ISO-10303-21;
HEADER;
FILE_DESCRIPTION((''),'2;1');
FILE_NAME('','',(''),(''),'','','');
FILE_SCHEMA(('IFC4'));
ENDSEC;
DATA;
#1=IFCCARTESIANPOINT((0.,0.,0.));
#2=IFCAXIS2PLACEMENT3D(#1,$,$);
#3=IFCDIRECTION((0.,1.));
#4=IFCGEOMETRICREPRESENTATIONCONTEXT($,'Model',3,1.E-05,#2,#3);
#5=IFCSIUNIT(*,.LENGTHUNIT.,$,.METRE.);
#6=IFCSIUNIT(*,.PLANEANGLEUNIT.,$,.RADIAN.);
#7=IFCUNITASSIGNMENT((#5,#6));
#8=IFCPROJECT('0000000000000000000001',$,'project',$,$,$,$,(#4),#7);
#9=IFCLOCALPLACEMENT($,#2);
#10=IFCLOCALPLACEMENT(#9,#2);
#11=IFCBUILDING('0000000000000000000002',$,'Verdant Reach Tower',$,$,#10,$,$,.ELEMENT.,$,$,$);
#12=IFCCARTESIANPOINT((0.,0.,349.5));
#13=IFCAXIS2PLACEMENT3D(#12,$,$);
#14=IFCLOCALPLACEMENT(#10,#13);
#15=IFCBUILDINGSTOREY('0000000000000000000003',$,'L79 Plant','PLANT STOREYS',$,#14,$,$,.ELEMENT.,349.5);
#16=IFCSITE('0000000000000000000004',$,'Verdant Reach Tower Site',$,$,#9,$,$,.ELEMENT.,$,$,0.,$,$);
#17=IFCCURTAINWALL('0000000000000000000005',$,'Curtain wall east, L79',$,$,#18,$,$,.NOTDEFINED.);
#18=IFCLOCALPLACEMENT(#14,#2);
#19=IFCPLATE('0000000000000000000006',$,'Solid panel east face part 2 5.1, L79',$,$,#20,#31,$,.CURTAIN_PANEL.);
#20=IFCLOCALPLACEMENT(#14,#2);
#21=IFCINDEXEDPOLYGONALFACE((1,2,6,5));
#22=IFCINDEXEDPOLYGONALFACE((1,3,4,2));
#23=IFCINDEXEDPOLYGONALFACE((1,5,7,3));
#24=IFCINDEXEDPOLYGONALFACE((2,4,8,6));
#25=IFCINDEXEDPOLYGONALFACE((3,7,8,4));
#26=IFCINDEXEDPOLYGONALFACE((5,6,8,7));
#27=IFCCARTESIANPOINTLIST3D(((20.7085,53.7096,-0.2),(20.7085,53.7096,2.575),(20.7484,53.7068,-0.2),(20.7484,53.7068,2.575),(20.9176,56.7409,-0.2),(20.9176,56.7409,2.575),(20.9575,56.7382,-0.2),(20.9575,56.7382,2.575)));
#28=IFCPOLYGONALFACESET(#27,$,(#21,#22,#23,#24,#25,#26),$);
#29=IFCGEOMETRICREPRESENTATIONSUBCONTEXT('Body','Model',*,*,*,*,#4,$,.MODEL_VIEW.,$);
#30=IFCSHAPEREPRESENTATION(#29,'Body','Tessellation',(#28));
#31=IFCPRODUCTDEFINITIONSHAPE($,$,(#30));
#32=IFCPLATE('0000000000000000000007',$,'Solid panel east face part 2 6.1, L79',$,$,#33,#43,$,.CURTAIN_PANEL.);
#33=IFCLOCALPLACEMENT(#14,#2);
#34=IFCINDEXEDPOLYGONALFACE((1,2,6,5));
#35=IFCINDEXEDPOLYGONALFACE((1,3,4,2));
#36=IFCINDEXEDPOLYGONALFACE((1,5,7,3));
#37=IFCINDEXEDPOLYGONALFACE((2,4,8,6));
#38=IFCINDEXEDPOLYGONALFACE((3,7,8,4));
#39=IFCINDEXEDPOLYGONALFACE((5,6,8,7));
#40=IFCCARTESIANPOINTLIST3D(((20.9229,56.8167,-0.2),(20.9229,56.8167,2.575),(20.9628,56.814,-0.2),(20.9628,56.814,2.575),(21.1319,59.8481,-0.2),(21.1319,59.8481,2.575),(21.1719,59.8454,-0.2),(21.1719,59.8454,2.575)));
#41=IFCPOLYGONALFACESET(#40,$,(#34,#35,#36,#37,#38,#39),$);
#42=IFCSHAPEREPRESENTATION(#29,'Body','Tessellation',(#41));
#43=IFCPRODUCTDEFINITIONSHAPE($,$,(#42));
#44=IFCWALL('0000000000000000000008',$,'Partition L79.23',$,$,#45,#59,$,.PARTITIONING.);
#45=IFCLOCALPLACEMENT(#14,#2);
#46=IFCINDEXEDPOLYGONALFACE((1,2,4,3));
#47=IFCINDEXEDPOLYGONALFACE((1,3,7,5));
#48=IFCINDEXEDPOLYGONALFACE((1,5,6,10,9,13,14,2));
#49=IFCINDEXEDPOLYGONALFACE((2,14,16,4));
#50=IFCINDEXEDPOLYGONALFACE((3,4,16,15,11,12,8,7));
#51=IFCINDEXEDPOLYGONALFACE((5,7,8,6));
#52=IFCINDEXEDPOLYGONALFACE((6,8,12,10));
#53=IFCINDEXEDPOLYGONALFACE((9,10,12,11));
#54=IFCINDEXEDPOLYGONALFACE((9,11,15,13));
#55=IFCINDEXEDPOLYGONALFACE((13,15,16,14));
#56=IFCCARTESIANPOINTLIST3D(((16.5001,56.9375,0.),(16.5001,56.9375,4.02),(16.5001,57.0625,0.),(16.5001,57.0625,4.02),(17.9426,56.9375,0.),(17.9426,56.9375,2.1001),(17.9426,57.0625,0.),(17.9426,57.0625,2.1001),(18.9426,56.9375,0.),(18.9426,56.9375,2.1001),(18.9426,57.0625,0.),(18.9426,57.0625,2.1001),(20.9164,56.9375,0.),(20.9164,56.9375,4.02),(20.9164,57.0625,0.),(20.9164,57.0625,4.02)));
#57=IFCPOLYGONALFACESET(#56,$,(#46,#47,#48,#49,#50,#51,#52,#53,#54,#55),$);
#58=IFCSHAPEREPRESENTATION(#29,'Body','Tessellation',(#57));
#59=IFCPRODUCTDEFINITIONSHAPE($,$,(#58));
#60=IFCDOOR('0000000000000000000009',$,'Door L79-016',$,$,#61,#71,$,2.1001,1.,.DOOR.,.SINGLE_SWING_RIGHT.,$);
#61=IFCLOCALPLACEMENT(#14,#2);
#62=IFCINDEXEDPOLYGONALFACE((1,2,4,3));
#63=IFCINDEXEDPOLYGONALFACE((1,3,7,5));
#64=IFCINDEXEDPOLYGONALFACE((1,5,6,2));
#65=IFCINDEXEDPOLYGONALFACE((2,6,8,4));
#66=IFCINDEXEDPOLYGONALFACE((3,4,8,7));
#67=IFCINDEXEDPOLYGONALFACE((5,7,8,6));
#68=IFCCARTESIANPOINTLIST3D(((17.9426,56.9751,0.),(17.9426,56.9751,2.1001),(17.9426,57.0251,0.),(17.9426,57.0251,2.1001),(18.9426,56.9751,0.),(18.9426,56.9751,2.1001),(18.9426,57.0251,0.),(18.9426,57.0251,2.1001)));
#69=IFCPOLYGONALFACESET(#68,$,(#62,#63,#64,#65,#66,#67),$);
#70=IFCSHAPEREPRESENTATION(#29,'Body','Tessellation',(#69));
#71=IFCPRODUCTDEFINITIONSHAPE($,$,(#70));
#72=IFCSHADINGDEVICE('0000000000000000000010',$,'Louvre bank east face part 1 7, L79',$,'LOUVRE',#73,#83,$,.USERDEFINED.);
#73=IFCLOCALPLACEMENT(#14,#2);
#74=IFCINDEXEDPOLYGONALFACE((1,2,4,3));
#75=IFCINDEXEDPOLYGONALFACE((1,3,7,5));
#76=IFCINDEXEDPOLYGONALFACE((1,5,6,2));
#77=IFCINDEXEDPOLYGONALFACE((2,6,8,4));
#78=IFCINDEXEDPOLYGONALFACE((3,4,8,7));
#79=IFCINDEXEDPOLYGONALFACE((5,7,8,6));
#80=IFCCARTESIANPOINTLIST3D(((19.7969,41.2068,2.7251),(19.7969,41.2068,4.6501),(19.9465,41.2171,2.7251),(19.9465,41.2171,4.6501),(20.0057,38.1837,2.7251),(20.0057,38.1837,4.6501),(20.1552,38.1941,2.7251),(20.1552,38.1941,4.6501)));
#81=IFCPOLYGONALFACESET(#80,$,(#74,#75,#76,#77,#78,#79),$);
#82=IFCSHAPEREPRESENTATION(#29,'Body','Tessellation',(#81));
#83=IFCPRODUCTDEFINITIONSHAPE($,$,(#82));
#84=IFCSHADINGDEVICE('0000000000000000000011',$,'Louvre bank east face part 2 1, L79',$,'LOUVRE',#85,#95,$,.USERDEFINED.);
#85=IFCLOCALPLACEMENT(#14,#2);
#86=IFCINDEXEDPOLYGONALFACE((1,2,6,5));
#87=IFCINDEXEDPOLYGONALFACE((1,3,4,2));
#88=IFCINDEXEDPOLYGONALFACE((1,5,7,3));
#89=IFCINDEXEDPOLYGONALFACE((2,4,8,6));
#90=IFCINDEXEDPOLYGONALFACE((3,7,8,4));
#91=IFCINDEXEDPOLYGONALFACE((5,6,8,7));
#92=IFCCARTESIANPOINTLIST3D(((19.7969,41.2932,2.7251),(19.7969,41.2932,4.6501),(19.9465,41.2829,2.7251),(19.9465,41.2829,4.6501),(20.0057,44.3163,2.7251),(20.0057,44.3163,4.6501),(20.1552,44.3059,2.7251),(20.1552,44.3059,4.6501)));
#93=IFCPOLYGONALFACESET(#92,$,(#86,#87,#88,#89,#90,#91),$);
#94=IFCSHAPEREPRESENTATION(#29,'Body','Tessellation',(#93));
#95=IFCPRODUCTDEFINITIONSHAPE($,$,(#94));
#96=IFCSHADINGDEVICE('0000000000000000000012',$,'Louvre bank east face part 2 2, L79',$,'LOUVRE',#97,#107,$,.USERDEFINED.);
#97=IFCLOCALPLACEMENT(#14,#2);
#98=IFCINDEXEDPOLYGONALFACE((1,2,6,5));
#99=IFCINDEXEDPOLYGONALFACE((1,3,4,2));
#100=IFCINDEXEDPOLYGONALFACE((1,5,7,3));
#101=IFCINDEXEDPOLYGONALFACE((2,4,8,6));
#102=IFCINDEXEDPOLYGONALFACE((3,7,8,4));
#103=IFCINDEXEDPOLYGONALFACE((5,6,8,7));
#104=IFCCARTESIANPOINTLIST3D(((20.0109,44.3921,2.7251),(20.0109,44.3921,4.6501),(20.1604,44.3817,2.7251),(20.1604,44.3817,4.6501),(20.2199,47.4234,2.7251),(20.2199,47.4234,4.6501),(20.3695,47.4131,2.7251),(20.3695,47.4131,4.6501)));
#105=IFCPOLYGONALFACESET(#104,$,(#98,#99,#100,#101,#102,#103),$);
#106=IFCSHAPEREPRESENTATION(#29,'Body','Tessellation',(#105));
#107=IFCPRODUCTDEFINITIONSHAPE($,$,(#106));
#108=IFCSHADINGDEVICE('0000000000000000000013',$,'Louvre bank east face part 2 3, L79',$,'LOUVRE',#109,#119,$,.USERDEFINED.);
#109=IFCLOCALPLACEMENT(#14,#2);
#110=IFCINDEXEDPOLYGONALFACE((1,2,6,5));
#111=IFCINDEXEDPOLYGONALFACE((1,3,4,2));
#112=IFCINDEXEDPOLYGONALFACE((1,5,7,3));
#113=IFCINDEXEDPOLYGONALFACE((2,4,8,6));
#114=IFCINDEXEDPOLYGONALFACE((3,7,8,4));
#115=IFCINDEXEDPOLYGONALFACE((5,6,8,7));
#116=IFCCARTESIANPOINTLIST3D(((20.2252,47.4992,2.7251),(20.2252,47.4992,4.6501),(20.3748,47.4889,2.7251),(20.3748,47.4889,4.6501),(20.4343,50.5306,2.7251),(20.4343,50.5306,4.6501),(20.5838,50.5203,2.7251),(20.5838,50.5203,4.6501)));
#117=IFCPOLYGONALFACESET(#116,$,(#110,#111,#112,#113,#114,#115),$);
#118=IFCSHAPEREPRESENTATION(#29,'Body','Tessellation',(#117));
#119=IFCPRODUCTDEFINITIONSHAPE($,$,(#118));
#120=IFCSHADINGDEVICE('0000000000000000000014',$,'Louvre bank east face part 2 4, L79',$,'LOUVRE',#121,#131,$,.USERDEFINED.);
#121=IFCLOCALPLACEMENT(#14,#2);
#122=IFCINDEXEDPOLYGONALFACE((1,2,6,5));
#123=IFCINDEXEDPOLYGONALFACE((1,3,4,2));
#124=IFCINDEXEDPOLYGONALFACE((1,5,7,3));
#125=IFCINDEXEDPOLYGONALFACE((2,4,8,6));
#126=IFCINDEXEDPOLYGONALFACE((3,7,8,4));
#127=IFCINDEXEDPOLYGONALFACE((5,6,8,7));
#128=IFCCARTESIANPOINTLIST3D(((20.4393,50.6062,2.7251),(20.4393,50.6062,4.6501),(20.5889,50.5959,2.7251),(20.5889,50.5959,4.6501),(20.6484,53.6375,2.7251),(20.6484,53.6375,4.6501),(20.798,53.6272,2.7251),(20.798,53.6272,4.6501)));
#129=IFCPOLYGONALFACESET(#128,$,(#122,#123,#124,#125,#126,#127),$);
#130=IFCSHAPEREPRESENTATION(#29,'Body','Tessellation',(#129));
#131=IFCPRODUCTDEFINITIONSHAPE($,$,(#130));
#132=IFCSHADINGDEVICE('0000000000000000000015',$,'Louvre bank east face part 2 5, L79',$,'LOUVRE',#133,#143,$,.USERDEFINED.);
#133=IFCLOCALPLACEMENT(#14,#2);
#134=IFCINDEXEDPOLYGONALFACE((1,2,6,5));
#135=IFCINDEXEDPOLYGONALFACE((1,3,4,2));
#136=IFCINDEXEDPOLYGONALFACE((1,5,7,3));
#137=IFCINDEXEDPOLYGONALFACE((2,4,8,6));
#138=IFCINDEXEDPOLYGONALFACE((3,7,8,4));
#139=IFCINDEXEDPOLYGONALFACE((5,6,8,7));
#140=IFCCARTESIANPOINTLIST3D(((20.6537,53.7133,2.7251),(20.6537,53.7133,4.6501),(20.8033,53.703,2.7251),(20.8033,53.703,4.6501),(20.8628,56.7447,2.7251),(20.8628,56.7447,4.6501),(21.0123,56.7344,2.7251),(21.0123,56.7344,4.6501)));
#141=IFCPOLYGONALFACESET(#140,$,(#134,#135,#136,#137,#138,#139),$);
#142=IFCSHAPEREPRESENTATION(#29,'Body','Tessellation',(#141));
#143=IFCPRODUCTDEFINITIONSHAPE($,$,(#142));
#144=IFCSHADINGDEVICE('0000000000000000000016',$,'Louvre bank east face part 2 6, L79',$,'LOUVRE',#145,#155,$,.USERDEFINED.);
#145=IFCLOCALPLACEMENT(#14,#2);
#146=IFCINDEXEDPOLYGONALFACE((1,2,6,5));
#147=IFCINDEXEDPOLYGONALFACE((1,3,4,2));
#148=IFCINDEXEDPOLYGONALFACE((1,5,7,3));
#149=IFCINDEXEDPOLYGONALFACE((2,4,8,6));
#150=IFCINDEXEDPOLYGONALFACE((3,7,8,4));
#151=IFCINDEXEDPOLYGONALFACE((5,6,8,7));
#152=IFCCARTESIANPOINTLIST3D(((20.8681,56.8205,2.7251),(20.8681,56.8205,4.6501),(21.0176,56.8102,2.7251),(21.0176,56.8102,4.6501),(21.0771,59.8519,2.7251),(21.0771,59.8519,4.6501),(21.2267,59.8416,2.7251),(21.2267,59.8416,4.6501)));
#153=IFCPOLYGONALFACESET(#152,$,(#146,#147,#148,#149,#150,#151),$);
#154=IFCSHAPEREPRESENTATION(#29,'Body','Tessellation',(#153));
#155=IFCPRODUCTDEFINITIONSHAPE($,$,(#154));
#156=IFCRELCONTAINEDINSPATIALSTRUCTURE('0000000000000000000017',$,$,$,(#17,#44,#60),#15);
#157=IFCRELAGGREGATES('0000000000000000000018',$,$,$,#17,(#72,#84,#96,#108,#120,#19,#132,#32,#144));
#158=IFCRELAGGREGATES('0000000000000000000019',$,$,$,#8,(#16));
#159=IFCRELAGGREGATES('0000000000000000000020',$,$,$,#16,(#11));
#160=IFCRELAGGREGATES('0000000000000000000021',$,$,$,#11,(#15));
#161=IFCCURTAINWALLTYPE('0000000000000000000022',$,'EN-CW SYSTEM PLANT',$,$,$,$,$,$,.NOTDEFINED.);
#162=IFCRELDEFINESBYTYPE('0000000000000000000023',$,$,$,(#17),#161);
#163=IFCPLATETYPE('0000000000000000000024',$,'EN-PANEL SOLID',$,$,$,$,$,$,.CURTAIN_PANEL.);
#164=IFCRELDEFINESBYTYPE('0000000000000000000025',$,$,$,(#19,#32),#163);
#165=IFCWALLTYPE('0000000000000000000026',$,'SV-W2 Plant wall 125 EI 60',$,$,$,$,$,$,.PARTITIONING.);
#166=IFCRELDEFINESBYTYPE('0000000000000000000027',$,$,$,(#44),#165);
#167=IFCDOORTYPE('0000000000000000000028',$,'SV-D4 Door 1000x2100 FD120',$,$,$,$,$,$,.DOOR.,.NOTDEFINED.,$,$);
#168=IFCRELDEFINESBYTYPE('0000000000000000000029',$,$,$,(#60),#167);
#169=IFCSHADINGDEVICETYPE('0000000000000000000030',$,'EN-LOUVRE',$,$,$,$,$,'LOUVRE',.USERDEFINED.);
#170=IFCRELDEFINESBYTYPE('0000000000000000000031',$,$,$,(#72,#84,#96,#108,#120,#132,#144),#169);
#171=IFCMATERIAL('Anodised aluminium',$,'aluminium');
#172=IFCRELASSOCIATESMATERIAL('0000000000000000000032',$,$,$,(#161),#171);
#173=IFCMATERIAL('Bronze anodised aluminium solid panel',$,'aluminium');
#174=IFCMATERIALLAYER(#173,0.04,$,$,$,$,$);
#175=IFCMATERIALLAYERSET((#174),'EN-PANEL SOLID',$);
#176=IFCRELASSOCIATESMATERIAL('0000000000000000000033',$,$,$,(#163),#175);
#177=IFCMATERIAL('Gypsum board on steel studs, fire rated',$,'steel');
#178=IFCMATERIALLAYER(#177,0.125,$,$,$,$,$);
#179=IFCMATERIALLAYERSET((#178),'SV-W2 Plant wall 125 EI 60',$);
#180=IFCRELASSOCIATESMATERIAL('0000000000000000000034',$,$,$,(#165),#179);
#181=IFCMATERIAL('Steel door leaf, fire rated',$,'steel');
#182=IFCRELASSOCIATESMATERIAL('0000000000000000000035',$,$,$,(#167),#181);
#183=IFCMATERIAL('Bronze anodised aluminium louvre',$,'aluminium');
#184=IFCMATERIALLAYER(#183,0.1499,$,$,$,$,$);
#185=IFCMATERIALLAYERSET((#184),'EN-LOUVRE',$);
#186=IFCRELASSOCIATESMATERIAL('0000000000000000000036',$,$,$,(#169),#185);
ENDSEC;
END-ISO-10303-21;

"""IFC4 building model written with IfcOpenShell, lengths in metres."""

from ifc_helpers import new_model, si_unit, direction, frame, frame_2d, origin, origin_2d, place, context, subcontext, project, spatial, rectangle, extrude, material, layer, layer_set, type_object, element, fill, aggregate, save


model = new_model("IFC4")

# Units and contexts
model_context = context("Model", 3, precision=1e-05, world=origin(), true_north=direction((0.0, 1.0)))
body_context = subcontext(model_context, "Body", "Model", "MODEL_VIEW")
ifc_project = project(units=[si_unit("LENGTHUNIT", "METRE"), si_unit("PLANEANGLEUNIT", "RADIAN")], contexts=[model_context])

# Site, building, storey
site_placement = place(None, origin())
site = spatial("IfcSite", under=ifc_project, at=site_placement, Name="Verdant Reach Tower Site", CompositionType="ELEMENT", RefElevation=0.0)
building_placement = place(site_placement, origin())
building = spatial("IfcBuilding", under=site, at=building_placement, Name="Verdant Reach Tower", CompositionType="ELEMENT")
storey_placement = place(building_placement, frame((0.0, 0.0, 349.5)))
storey = spatial("IfcBuildingStorey", under=building, at=storey_placement, Name="L79 Plant", Description="PLANT STOREYS", CompositionType="ELEMENT", Elevation=349.5)

# Curtain wall, plates
ifc_material_1 = material(Name="Anodised aluminium", Category="aluminium")
curtain_wall_type = type_object("IfcCurtainWallType", Name="EN-CW SYSTEM PLANT", PredefinedType="NOTDEFINED", material=ifc_material_1)
curtain_wall_placement = place(storey_placement, origin())
curtain_wall = element("IfcCurtainWall", 1, at=curtain_wall_placement, inside=storey, type_object=curtain_wall_type, Name="Curtain wall east, L79", PredefinedType="NOTDEFINED")
ifc_material_2 = material(Name="Bronze anodised aluminium solid panel", Category="aluminium")
ifc_layer_1 = layer(ifc_material_2, 0.04)
ifc_layer_set_1 = layer_set([ifc_layer_1], Name="EN-PANEL SOLID")
plate_type = type_object("IfcPlateType", Name="EN-PANEL SOLID", PredefinedType="CURTAIN_PANEL", material=ifc_layer_set_1)
plate_1_placement = place(storey_placement, frame((20.833, 55.2239, -0.2), z_axis=(0.0, 0.0, 1.0), x_axis=(0.068802, 0.99763, 0.0)))
plate_1 = element("IfcPlate", 2, at=plate_1_placement, type_object=plate_type, Name="Solid panel east face part 2 5.1, L79", PredefinedType="CURTAIN_PANEL", context=body_context, shape_type="SweptSolid", body=[
    extrude(rectangle(XDim=3.0386, YDim=0.04, at=origin_2d()), origin(), (0.0, 0.0, 1.0), 2.7749),
])
plate_2_placement = place(storey_placement, frame((21.0474, 58.3311, -0.2), z_axis=(0.0, 0.0, 1.0), x_axis=(0.068802, 0.99763, 0.0)))
plate_2 = element("IfcPlate", 3, at=plate_2_placement, type_object=plate_type, Name="Solid panel east face part 2 6.1, L79", PredefinedType="CURTAIN_PANEL", context=body_context, shape_type="SweptSolid", body=[
    extrude(rectangle(XDim=3.0386, YDim=0.04, at=origin_2d()), origin(), (0.0, 0.0, 1.0), 2.7749),
])

# Wall, opening, door
ifc_material_3 = material(Name="Gypsum board on steel studs, fire rated", Category="steel")
ifc_layer_2 = layer(ifc_material_3, 0.125)
ifc_layer_set_2 = layer_set([ifc_layer_2], Name="SV-W2 Plant wall 125 EI 60")
wall_type = type_object("IfcWallType", Name="SV-W2 Plant wall 125 EI 60", PredefinedType="PARTITIONING", material=ifc_layer_set_2)
wall_1_placement = place(storey_placement, frame((20.9163, 57.0, 0.0), z_axis=(0.0, 0.0, 1.0), x_axis=(-1.0, 0.0, 0.0)))
wall_1 = element("IfcWall", 4, at=wall_1_placement, inside=storey, type_object=wall_type, Name="Partition L79.23", PredefinedType="PARTITIONING", context=body_context, shape_type="SweptSolid", body=[
    extrude(rectangle(XDim=4.4163, YDim=0.125, at=frame_2d((2.208, 0.0))), origin(), (0.0, 0.0, 1.0), 4.02),
])
opening_1_placement = place(wall_1_placement, frame((1.9736, 0.0, 0.0)))
opening_1 = element("IfcOpeningElement", 5, at=opening_1_placement, cuts=wall_1, PredefinedType="OPENING", context=body_context, shape_type="SweptSolid", body=[
    extrude(rectangle(XDim=1.0, YDim=2.1001, at=frame_2d((0.5, 1.05))), frame((0.0, 0.0725, 0.0), z_axis=(0.0, -1.0, 0.0), x_axis=(1.0, 0.0, 0.0)), (0.0, 0.0, 1.0), 0.145),
])
ifc_material_4 = material(Name="Steel door leaf, fire rated", Category="steel")
door_type_1 = type_object("IfcDoorType", Name="SV-D4 Door 1000x2100 FD120", OperationType="NOTDEFINED", PredefinedType="DOOR", material=ifc_material_4)
door_1_placement = place(opening_1_placement, origin())
door_1 = element("IfcDoor", 6, at=door_1_placement, inside=storey, type_object=door_type_1, Name="Door L79-016", OperationType="SINGLE_SWING_RIGHT", OverallHeight=2.1001, OverallWidth=1.0, PredefinedType="DOOR", context=body_context, shape_type="SweptSolid", body=[
    extrude(rectangle(XDim=1.0, YDim=2.1001, at=frame_2d((0.5, 1.05))), frame((0.0, 0.0249, 0.0), z_axis=(0.0, -1.0, 0.0), x_axis=(1.0, 0.0, 0.0)), (0.0, 0.0, 1.0), 0.05),
])
fill(opening_1, door_1)

# Shading devices
ifc_material_5 = material(Name="Bronze anodised aluminium louvre", Category="aluminium")
ifc_layer_3 = layer(ifc_material_5, 0.1499)
ifc_layer_set_3 = layer_set([ifc_layer_3], Name="EN-LOUVRE")
shading_device_type = type_object("IfcShadingDeviceType", Name="EN-LOUVRE", ElementType="LOUVRE", PredefinedType="USERDEFINED", material=ifc_layer_set_3)
shading_device_1_placement = place(storey_placement, frame((19.9761, 39.7004, 2.7251), z_axis=(0.0, 0.0, 1.0), x_axis=(-0.068893, 0.997624, 0.0)))
shading_device_1 = element("IfcShadingDevice", 7, at=shading_device_1_placement, type_object=shading_device_type, Name="Louvre bank east face part 1 7, L79", ObjectType="LOUVRE", PredefinedType="USERDEFINED", context=body_context, shape_type="SweptSolid", body=[
    extrude(rectangle(XDim=3.0303, YDim=0.1499, at=origin_2d()), origin(), (0.0, 0.0, 1.0), 1.925),
])
shading_device_2_placement = place(storey_placement, frame((19.9761, 42.7996, 2.7251), z_axis=(0.0, 0.0, 1.0), x_axis=(0.068893, 0.997624, 0.0)))
shading_device_2 = element("IfcShadingDevice", 8, at=shading_device_2_placement, type_object=shading_device_type, Name="Louvre bank east face part 2 1, L79", ObjectType="LOUVRE", PredefinedType="USERDEFINED", context=body_context, shape_type="SweptSolid", body=[
    extrude(rectangle(XDim=3.0303, YDim=0.1499, at=origin_2d()), origin(), (0.0, 0.0, 1.0), 1.925),
])
shading_device_3_placement = place(storey_placement, frame((20.1902, 45.9026, 2.7251), z_axis=(0.0, 0.0, 1.0), x_axis=(0.068802, 0.99763, 0.0)))
shading_device_3 = element("IfcShadingDevice", 9, at=shading_device_3_placement, type_object=shading_device_type, Name="Louvre bank east face part 2 2, L79", ObjectType="LOUVRE", PredefinedType="USERDEFINED", context=body_context, shape_type="SweptSolid", body=[
    extrude(rectangle(XDim=3.0386, YDim=0.1499, at=origin_2d()), origin(), (0.0, 0.0, 1.0), 1.925),
])
shading_device_4_placement = place(storey_placement, frame((20.4045, 49.0098, 2.7251), z_axis=(0.0, 0.0, 1.0), x_axis=(0.068802, 0.99763, 0.0)))
shading_device_4 = element("IfcShadingDevice", 10, at=shading_device_4_placement, type_object=shading_device_type, Name="Louvre bank east face part 2 3, L79", ObjectType="LOUVRE", PredefinedType="USERDEFINED", context=body_context, shape_type="SweptSolid", body=[
    extrude(rectangle(XDim=3.0386, YDim=0.1499, at=origin_2d()), origin(), (0.0, 0.0, 1.0), 1.925),
])
shading_device_5_placement = place(storey_placement, frame((20.6187, 52.1167, 2.7251), z_axis=(0.0, 0.0, 1.0), x_axis=(0.068802, 0.99763, 0.0)))
shading_device_5 = element("IfcShadingDevice", 11, at=shading_device_5_placement, type_object=shading_device_type, Name="Louvre bank east face part 2 4, L79", ObjectType="LOUVRE", PredefinedType="USERDEFINED", context=body_context, shape_type="SweptSolid", body=[
    extrude(rectangle(XDim=3.0386, YDim=0.1499, at=origin_2d()), origin(), (0.0, 0.0, 1.0), 1.925),
])
shading_device_6_placement = place(storey_placement, frame((20.833, 55.2239, 2.7251), z_axis=(0.0, 0.0, 1.0), x_axis=(0.068802, 0.99763, 0.0)))
shading_device_6 = element("IfcShadingDevice", 12, at=shading_device_6_placement, type_object=shading_device_type, Name="Louvre bank east face part 2 5, L79", ObjectType="LOUVRE", PredefinedType="USERDEFINED", context=body_context, shape_type="SweptSolid", body=[
    extrude(rectangle(XDim=3.0386, YDim=0.1499, at=origin_2d()), origin(), (0.0, 0.0, 1.0), 1.925),
])
shading_device_7_placement = place(storey_placement, frame((21.0474, 58.3311, 2.7251), z_axis=(0.0, 0.0, 1.0), x_axis=(0.068802, 0.99763, 0.0)))
shading_device_7 = element("IfcShadingDevice", 13, at=shading_device_7_placement, type_object=shading_device_type, Name="Louvre bank east face part 2 6, L79", ObjectType="LOUVRE", PredefinedType="USERDEFINED", context=body_context, shape_type="SweptSolid", body=[
    extrude(rectangle(XDim=3.0386, YDim=0.1499, at=origin_2d()), origin(), (0.0, 0.0, 1.0), 1.925),
])
aggregate(curtain_wall, [shading_device_1, shading_device_2, shading_device_3, shading_device_4, shading_device_5, plate_1, shading_device_6, plate_2, shading_device_7])

save(model, "model.ifc")
